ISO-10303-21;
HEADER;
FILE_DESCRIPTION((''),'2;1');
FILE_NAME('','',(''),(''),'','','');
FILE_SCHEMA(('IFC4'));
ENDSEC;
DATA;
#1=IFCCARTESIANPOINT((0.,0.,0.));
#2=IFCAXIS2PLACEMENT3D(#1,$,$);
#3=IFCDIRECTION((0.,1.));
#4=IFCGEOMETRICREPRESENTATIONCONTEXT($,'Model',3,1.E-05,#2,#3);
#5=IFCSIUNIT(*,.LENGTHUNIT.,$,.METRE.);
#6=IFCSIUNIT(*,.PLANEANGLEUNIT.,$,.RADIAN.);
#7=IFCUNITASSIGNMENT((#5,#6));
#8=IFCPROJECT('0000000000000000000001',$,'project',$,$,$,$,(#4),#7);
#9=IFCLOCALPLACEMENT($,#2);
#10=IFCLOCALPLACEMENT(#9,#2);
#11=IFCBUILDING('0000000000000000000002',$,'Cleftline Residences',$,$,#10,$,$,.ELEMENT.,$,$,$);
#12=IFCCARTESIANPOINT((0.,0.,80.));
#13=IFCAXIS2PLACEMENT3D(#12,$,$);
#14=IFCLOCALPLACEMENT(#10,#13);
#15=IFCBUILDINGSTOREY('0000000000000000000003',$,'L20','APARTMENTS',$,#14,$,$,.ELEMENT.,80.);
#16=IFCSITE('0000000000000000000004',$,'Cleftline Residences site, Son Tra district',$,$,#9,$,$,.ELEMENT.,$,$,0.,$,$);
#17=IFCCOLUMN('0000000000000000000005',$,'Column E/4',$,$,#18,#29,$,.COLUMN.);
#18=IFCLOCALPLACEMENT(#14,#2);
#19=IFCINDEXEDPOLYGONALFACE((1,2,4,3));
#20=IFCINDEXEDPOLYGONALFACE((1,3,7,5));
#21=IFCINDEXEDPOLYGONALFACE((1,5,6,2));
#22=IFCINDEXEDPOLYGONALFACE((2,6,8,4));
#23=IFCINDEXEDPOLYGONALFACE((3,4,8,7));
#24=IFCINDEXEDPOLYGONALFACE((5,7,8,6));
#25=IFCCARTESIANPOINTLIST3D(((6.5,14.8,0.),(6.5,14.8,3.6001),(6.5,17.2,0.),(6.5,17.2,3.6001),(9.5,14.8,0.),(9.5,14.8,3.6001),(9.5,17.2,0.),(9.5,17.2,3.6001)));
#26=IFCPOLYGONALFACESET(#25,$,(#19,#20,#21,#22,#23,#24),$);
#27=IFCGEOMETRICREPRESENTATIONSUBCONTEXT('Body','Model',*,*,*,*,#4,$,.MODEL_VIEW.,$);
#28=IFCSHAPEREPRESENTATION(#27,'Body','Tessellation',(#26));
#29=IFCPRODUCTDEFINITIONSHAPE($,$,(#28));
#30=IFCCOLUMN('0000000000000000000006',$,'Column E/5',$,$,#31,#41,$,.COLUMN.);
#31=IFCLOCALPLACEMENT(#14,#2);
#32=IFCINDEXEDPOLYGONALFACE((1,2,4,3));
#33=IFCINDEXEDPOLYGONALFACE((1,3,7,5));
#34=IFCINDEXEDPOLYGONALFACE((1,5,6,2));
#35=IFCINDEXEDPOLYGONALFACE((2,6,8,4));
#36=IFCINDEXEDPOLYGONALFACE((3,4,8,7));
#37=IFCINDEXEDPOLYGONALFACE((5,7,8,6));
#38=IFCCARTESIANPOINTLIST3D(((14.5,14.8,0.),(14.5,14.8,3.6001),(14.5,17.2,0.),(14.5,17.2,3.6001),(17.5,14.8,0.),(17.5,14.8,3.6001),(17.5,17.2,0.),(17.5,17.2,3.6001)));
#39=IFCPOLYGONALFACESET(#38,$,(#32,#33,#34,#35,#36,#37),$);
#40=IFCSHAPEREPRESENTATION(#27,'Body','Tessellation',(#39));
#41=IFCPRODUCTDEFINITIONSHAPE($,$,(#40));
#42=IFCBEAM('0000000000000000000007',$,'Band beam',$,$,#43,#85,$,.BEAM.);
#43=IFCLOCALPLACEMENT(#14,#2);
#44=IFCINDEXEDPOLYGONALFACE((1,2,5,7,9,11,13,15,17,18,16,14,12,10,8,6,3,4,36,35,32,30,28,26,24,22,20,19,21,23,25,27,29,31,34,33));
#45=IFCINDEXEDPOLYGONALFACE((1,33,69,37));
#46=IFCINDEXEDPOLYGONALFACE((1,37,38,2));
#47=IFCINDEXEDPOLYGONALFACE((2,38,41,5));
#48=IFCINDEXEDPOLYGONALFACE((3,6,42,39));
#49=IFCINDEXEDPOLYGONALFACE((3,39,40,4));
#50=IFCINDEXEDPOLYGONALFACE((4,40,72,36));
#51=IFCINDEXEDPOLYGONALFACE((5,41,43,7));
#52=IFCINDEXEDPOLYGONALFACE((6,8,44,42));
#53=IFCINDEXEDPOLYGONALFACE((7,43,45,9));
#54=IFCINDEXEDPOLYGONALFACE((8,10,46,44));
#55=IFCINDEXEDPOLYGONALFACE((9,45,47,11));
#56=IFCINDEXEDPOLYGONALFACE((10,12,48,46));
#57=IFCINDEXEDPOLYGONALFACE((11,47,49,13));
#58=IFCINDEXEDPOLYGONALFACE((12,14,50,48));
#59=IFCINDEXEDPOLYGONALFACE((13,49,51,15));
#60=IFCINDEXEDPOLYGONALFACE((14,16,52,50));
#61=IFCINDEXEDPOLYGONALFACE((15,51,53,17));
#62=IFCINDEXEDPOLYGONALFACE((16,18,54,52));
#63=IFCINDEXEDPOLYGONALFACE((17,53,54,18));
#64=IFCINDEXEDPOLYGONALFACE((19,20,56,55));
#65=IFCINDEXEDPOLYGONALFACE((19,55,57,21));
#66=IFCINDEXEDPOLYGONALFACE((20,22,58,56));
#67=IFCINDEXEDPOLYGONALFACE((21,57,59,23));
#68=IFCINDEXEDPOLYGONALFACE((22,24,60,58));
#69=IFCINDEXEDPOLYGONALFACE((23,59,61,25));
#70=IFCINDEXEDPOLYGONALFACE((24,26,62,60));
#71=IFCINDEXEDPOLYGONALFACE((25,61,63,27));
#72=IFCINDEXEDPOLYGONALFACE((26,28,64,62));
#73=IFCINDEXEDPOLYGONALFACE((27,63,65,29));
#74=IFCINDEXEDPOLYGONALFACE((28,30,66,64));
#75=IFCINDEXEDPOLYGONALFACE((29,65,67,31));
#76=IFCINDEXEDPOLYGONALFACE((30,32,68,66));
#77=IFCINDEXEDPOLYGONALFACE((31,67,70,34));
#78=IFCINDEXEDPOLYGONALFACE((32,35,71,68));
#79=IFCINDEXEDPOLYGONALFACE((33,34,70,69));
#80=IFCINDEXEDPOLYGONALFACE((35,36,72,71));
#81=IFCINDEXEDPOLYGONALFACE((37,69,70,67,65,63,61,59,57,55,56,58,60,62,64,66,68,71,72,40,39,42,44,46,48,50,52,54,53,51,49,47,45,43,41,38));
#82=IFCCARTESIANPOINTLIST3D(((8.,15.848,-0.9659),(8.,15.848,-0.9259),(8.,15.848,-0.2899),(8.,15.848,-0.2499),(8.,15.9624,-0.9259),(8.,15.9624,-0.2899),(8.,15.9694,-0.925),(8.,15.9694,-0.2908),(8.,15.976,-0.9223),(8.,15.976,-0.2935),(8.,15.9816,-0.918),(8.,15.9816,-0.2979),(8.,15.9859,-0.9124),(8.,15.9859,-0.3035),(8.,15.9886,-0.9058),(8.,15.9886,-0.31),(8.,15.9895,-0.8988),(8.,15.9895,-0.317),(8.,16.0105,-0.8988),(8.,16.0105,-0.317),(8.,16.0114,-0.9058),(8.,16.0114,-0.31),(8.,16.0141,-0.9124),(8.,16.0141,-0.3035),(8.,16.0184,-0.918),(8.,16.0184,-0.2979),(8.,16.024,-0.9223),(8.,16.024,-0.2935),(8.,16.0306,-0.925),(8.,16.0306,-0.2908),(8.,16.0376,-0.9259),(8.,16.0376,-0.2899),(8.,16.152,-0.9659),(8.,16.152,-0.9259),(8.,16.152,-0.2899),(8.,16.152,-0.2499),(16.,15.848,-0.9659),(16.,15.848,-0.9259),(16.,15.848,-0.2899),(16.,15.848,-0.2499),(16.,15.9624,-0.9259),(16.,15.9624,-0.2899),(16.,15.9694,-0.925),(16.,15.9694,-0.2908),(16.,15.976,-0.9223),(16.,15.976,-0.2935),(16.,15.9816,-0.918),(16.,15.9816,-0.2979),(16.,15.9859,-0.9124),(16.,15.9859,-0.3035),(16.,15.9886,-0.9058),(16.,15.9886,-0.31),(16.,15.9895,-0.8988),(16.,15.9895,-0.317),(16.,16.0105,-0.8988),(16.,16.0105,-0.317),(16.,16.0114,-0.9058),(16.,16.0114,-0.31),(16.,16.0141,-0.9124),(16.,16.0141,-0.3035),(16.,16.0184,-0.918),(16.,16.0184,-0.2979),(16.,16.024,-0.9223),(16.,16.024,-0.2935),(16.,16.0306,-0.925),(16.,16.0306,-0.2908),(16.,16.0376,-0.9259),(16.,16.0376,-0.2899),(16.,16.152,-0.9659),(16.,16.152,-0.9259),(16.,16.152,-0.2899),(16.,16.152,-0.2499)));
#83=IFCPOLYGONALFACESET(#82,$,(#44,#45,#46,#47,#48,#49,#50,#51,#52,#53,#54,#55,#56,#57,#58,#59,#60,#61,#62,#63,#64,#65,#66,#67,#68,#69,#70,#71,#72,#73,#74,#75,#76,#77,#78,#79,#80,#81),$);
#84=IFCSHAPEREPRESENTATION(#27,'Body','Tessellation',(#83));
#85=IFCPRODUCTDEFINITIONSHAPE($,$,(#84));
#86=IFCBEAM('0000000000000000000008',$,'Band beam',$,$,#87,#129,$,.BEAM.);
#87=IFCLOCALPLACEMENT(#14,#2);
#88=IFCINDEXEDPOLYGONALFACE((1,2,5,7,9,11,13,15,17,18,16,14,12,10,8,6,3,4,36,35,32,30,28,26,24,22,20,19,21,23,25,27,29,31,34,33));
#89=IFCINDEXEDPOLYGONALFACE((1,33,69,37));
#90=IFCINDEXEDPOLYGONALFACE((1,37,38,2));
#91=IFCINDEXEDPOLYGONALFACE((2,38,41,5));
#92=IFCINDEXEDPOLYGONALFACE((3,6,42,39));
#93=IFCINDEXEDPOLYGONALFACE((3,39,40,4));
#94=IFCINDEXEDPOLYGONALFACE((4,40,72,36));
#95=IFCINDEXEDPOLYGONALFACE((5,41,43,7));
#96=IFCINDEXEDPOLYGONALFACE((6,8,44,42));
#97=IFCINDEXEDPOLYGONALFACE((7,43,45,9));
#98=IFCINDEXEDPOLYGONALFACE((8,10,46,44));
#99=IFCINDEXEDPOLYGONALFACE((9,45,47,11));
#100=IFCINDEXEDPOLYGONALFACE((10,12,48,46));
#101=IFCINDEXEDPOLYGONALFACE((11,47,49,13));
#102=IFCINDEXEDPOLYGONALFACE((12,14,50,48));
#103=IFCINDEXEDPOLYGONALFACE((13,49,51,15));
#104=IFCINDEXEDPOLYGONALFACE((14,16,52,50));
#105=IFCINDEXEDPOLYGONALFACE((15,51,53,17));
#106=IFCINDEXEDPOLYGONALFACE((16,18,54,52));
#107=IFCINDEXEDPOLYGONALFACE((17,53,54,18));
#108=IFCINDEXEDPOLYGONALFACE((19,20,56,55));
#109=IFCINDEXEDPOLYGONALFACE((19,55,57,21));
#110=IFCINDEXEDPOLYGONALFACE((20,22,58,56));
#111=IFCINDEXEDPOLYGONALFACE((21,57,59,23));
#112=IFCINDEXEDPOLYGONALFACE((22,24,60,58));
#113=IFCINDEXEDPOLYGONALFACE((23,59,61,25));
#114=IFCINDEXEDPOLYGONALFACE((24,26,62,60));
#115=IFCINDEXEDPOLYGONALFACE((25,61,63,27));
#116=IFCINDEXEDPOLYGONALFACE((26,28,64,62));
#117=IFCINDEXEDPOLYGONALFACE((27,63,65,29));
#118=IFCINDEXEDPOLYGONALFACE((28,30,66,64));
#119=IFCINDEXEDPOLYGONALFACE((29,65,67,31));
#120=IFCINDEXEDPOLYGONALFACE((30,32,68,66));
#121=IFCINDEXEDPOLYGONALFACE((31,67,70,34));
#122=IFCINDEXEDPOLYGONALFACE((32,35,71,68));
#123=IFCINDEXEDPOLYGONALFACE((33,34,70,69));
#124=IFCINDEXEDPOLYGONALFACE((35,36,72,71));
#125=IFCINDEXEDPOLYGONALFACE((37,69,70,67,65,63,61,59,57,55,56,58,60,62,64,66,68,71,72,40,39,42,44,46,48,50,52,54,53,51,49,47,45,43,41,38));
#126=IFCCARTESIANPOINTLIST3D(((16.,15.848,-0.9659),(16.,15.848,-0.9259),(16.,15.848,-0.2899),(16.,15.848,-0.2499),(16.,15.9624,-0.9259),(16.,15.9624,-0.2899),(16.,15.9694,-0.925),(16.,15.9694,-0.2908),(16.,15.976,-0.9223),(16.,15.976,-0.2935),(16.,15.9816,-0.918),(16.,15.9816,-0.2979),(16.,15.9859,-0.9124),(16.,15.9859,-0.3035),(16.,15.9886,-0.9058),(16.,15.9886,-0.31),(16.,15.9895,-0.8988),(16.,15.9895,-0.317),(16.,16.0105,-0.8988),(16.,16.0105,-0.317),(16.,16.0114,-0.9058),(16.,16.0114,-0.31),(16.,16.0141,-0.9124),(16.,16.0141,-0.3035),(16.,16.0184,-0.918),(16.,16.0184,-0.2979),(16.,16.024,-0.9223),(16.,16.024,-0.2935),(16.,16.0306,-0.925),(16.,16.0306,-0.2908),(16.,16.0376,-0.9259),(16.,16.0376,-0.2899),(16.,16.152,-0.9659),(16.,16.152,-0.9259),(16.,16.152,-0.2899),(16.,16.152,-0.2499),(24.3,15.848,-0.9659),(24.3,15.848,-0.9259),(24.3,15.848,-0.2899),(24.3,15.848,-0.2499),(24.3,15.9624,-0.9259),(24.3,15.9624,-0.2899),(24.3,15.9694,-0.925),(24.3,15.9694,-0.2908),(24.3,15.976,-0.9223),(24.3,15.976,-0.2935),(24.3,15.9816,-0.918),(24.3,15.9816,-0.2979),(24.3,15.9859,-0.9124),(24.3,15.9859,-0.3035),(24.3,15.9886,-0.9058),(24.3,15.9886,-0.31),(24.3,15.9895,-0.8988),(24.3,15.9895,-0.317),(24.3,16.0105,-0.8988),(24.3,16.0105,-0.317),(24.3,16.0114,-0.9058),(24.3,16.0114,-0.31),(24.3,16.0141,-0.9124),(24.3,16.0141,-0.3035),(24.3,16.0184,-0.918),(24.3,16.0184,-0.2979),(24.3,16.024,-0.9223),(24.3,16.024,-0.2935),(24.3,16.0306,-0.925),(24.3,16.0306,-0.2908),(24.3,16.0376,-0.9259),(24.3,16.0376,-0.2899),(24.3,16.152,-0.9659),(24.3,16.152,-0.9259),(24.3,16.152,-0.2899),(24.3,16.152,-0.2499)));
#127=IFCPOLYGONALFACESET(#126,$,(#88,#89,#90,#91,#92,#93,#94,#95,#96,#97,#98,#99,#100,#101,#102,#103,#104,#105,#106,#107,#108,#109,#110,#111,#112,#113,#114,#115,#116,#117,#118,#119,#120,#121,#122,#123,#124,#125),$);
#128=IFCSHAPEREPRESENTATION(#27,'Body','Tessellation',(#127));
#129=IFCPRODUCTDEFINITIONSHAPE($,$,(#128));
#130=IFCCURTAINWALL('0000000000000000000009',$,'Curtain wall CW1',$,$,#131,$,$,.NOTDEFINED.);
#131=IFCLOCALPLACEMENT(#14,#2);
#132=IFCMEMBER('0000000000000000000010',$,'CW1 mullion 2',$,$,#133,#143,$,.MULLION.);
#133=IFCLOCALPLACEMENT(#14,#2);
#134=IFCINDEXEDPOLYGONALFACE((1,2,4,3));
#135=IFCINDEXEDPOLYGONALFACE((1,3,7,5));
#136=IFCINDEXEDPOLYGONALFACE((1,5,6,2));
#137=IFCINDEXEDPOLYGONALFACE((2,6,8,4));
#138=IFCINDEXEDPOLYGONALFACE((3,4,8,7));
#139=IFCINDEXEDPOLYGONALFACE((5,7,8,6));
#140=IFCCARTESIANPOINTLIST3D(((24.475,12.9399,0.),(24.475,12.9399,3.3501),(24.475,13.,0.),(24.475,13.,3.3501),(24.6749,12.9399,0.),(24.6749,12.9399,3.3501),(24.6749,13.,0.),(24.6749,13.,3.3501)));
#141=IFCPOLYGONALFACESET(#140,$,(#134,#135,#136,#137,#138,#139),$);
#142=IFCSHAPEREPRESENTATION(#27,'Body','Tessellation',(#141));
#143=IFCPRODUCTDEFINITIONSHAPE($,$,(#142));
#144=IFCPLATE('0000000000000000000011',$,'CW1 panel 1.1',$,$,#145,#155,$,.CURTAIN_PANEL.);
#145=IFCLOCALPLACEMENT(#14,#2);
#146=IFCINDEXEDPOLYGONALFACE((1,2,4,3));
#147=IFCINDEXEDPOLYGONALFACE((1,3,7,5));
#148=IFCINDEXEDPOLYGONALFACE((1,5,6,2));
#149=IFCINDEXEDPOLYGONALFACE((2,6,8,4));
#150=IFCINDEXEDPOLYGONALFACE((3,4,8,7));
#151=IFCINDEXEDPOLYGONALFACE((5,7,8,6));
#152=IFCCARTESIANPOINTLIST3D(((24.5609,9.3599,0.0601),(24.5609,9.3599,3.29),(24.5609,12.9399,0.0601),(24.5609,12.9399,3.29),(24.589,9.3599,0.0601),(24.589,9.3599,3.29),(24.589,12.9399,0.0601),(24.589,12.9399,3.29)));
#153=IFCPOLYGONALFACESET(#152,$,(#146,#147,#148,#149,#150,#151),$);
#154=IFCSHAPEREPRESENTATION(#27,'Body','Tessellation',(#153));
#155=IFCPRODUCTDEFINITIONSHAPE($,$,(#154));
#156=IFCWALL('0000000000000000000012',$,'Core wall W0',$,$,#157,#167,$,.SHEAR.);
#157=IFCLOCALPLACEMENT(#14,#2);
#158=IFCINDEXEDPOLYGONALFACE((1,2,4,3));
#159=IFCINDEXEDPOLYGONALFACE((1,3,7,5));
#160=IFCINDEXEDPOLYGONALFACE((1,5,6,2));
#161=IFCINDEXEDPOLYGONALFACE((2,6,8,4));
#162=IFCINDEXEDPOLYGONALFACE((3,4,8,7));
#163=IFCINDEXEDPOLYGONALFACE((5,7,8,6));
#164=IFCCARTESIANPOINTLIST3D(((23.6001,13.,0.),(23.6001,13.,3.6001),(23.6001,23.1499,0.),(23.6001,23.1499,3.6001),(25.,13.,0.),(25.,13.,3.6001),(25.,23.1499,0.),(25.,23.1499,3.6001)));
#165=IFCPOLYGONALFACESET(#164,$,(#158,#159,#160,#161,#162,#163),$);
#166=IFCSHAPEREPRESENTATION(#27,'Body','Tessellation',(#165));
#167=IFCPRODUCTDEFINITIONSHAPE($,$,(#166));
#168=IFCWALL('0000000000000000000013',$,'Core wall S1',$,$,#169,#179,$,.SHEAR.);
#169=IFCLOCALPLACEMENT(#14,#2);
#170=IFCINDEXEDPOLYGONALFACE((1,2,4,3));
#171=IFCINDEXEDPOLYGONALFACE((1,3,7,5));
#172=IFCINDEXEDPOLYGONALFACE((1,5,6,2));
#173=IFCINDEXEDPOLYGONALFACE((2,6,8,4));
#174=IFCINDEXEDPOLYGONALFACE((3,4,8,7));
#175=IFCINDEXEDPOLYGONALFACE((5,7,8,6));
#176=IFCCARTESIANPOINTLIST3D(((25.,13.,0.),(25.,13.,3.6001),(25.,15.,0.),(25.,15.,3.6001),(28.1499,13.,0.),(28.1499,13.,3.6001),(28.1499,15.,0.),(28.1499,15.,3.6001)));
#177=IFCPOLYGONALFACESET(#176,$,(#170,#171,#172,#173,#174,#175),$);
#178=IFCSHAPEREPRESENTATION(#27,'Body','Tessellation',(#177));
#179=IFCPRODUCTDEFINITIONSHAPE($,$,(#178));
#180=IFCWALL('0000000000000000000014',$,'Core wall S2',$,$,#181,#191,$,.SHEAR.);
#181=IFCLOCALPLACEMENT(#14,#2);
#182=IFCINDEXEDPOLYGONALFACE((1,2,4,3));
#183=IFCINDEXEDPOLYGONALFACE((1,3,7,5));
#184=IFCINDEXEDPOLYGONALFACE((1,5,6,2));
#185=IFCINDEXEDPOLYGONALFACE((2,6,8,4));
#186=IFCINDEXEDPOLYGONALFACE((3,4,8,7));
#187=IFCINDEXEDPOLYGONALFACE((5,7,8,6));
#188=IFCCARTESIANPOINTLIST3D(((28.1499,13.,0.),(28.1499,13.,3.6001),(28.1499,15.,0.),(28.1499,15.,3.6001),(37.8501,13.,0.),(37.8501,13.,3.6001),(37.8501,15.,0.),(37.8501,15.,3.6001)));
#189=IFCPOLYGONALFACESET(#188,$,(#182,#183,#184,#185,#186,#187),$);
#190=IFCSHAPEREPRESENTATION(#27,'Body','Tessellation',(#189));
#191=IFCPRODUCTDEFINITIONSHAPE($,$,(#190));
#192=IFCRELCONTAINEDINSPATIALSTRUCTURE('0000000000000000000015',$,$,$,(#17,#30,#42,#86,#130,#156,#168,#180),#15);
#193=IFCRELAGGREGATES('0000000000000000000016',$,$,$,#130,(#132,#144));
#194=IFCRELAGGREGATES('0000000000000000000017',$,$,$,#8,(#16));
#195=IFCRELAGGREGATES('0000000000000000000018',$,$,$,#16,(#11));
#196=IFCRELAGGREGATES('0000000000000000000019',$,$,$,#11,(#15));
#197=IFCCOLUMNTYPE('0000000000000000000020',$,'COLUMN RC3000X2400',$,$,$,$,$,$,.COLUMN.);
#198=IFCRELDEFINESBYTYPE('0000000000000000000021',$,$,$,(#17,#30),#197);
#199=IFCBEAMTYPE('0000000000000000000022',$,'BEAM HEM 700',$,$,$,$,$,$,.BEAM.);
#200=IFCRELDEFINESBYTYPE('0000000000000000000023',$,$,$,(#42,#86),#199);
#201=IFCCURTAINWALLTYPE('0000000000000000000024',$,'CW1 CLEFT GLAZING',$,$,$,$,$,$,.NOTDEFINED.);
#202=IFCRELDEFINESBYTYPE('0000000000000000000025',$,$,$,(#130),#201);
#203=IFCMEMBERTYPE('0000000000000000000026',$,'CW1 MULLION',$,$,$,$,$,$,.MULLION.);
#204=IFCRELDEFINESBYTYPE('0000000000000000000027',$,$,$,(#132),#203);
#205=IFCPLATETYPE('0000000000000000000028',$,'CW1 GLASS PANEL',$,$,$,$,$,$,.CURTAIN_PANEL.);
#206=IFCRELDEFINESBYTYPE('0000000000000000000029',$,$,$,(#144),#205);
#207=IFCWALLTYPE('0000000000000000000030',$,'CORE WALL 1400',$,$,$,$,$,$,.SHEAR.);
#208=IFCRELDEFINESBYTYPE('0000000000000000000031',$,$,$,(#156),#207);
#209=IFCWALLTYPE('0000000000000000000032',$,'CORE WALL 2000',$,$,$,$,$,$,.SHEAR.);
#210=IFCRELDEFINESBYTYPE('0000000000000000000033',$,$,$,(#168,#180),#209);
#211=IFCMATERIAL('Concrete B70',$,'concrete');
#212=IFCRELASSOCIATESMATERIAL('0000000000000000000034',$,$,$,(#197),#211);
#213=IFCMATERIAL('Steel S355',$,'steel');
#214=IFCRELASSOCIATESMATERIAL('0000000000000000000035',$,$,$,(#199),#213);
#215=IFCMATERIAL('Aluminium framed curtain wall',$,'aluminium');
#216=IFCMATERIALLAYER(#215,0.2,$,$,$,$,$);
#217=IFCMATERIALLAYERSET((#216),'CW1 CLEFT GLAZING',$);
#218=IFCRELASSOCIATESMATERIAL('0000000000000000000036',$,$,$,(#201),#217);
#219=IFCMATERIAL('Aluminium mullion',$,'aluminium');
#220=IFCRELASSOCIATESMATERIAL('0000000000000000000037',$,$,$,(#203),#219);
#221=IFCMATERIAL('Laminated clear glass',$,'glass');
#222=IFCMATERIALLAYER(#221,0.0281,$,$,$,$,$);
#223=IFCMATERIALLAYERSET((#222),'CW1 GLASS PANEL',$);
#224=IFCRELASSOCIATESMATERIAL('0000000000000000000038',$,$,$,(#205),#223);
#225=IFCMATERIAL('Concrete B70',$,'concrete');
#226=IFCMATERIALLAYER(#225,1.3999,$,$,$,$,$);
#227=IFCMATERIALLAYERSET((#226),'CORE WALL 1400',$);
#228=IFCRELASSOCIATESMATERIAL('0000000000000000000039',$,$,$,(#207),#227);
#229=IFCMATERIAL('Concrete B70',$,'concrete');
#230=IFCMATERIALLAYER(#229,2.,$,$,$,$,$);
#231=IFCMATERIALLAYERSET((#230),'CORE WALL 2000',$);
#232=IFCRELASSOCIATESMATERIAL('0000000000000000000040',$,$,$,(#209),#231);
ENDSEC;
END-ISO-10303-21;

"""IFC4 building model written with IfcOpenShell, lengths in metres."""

from ifc_helpers import new_model, si_unit, direction, frame, frame_2d, origin, origin_2d, place, context, subcontext, project, spatial, rectangle, i_section, extrude, material, layer, layer_set, material_profile, profile_set, type_object, element, aggregate, save


model = new_model("IFC4")

# Units and contexts
model_context = context("Model", 3, precision=1e-05, world=origin(), true_north=direction((0.0, 1.0)))
body_context = subcontext(model_context, "Body", "Model", "MODEL_VIEW")
ifc_project = project(units=[si_unit("LENGTHUNIT", "METRE"), si_unit("PLANEANGLEUNIT", "RADIAN")], contexts=[model_context])

# Site, building, storey
site_placement = place(None, origin())
site = spatial("IfcSite", under=ifc_project, at=site_placement, Name="Cleftline Residences site, Son Tra district", CompositionType="ELEMENT", RefElevation=0.0)
building_placement = place(site_placement, origin())
building = spatial("IfcBuilding", under=site, at=building_placement, Name="Cleftline Residences", CompositionType="ELEMENT")
storey_placement = place(building_placement, frame((0.0, 0.0, 80.0)))
storey = spatial("IfcBuildingStorey", under=building, at=storey_placement, Name="L20", Description="APARTMENTS", CompositionType="ELEMENT", Elevation=80.0)

# Columns
ifc_material_1 = material(Name="Concrete B70", Category="concrete")
ifc_material_profile_1 = material_profile(ifc_material_1, rectangle(XDim=3.0, YDim=2.3999, at=origin_2d()))
ifc_profile_set_1 = profile_set([ifc_material_profile_1], Name="Concrete B70")
column_type = type_object("IfcColumnType", Name="COLUMN RC3000X2400", PredefinedType="COLUMN", material=ifc_profile_set_1)
for number, where, z_axis, x_axis, name in (
    (1, (8.0, 16.0, 0.0), (0.0, 0.0, 1.0), (1.0, 0.0, 0.0), "Column E/4"),
    (2, (16.0, 16.0, 0.0), (0.0, 0.0, 1.0), (1.0, 0.0, 0.0), "Column E/5"),
):
    element("IfcColumn", number, at=place(storey_placement, frame(where, z_axis=z_axis, x_axis=x_axis)), inside=storey, type_object=column_type, Name=name, PredefinedType="COLUMN", context=body_context, shape_type="SweptSolid", body=[
        extrude(rectangle(XDim=3.0, YDim=2.3999, at=origin_2d()), origin(), (0.0, 0.0, 1.0), 3.6001),
    ])

# Beams
ifc_material_2 = material(Name="Steel S355", Category="steel")
ifc_material_profile_2 = material_profile(ifc_material_2, i_section(OverallWidth=0.304, OverallDepth=0.7161, WebThickness=0.021, FlangeThickness=0.04, FilletRadius=0.0271, at=origin_2d()))
ifc_profile_set_2 = profile_set([ifc_material_profile_2], Name="Steel S355")
beam_type = type_object("IfcBeamType", Name="BEAM HEM 700", PredefinedType="BEAM", material=ifc_profile_set_2)
beam_1_placement = place(storey_placement, frame((8.0, 16.0, -0.6079), z_axis=(1.0, 0.0, 0.0), x_axis=(0.0, 1.0, 0.0)))
element("IfcBeam", 3, at=beam_1_placement, inside=storey, type_object=beam_type, Name="Band beam", PredefinedType="BEAM", context=body_context, shape_type="SweptSolid", body=[
    extrude(i_section(OverallWidth=0.304, OverallDepth=0.7161, WebThickness=0.021, FlangeThickness=0.04, FilletRadius=0.0271, at=origin_2d()), origin(), (0.0, 0.0, 1.0), 8.0),
])
beam_2_placement = place(storey_placement, frame((16.0, 16.0, -0.6079), z_axis=(1.0, 0.0, 0.0), x_axis=(0.0, 1.0, 0.0)))
element("IfcBeam", 4, at=beam_2_placement, inside=storey, type_object=beam_type, Name="Band beam", PredefinedType="BEAM", context=body_context, shape_type="SweptSolid", body=[
    extrude(i_section(OverallWidth=0.304, OverallDepth=0.7161, WebThickness=0.021, FlangeThickness=0.04, FilletRadius=0.0271, at=origin_2d()), origin(), (0.0, 0.0, 1.0), 8.3),
])

# Curtain wall, member, plate
ifc_material_3 = material(Name="Aluminium framed curtain wall", Category="aluminium")
ifc_layer_1 = layer(ifc_material_3, 0.2)
ifc_layer_set_1 = layer_set([ifc_layer_1], Name="CW1 CLEFT GLAZING")
curtain_wall_type = type_object("IfcCurtainWallType", Name="CW1 CLEFT GLAZING", PredefinedType="NOTDEFINED", material=ifc_layer_set_1)
curtain_wall_placement = place(storey_placement, origin())
curtain_wall = element("IfcCurtainWall", 5, at=curtain_wall_placement, inside=storey, type_object=curtain_wall_type, Name="Curtain wall CW1", PredefinedType="NOTDEFINED")
ifc_material_4 = material(Name="Aluminium mullion", Category="aluminium")
ifc_material_profile_3 = material_profile(ifc_material_4, rectangle(XDim=0.2, YDim=0.0601, at=origin_2d()))
ifc_profile_set_3 = profile_set([ifc_material_profile_3], Name="Aluminium mullion")
member_type = type_object("IfcMemberType", Name="CW1 MULLION", PredefinedType="MULLION", material=ifc_profile_set_3)
member_placement = place(storey_placement, frame((24.575, 12.97, 0.0), z_axis=(0.0, 0.0, 1.0), x_axis=(-1.0, 0.0, 0.0)))
member = element("IfcMember", 6, at=member_placement, type_object=member_type, Name="CW1 mullion 2", PredefinedType="MULLION", context=body_context, shape_type="SweptSolid", body=[
    extrude(rectangle(XDim=0.2, YDim=0.0601, at=origin_2d()), origin(), (0.0, 0.0, 1.0), 3.3501),
])
ifc_material_5 = material(Name="Laminated clear glass", Category="glass")
ifc_layer_2 = layer(ifc_material_5, 0.0281)
ifc_layer_set_2 = layer_set([ifc_layer_2], Name="CW1 GLASS PANEL")
plate_type = type_object("IfcPlateType", Name="CW1 GLASS PANEL", PredefinedType="CURTAIN_PANEL", material=ifc_layer_set_2)
plate_placement = place(storey_placement, frame((24.575, 11.1499, 0.0601), z_axis=(0.0, 0.0, 1.0), x_axis=(0.0, 1.0, 0.0)))
plate = element("IfcPlate", 7, at=plate_placement, type_object=plate_type, Name="CW1 panel 1.1", PredefinedType="CURTAIN_PANEL", context=body_context, shape_type="SweptSolid", body=[
    extrude(rectangle(XDim=3.5801, YDim=0.0281, at=origin_2d()), origin(), (0.0, 0.0, 1.0), 3.23),
])
aggregate(curtain_wall, [member, plate])

# Wall
ifc_material_6 = material(Name="Concrete B70", Category="concrete")
ifc_layer_3 = layer(ifc_material_6, 1.3999)
ifc_layer_set_3 = layer_set([ifc_layer_3], Name="CORE WALL 1400")
wall_type_1 = type_object("IfcWallType", Name="CORE WALL 1400", PredefinedType="SHEAR", material=ifc_layer_set_3)
wall_1_placement = place(storey_placement, frame((24.3, 13.0, 0.0), z_axis=(0.0, 0.0, 1.0), x_axis=(0.0, 1.0, 0.0)))
element("IfcWall", 8, at=wall_1_placement, inside=storey, type_object=wall_type_1, Name="Core wall W0", PredefinedType="SHEAR", context=body_context, shape_type="SweptSolid", body=[
    extrude(rectangle(XDim=10.1499, YDim=1.3999, at=frame_2d((5.075, 0.0))), origin(), (0.0, 0.0, 1.0), 3.6001),
])

# Walls
ifc_material_7 = material(Name="Concrete B70", Category="concrete")
ifc_layer_4 = layer(ifc_material_7, 2.0)
ifc_layer_set_4 = layer_set([ifc_layer_4], Name="CORE WALL 2000")
wall_type_2 = type_object("IfcWallType", Name="CORE WALL 2000", PredefinedType="SHEAR", material=ifc_layer_set_4)
wall_2_placement = place(storey_placement, frame((25.0, 14.0, 0.0), z_axis=(0.0, 0.0, 1.0), x_axis=(1.0, 0.0, 0.0)))
element("IfcWall", 9, at=wall_2_placement, inside=storey, type_object=wall_type_2, Name="Core wall S1", PredefinedType="SHEAR", context=body_context, shape_type="SweptSolid", body=[
    extrude(rectangle(XDim=3.1499, YDim=2.0, at=frame_2d((1.575, 0.0))), origin(), (0.0, 0.0, 1.0), 3.6001),
])
wall_3_placement = place(storey_placement, frame((28.1499, 14.0, 0.0), z_axis=(0.0, 0.0, 1.0), x_axis=(1.0, 0.0, 0.0)))
element("IfcWall", 10, at=wall_3_placement, inside=storey, type_object=wall_type_2, Name="Core wall S2", PredefinedType="SHEAR", context=body_context, shape_type="SweptSolid", body=[
    extrude(rectangle(XDim=9.7002, YDim=2.0, at=frame_2d((4.8501, 0.0))), origin(), (0.0, 0.0, 1.0), 3.6001),
])

save(model, "model.ifc")
